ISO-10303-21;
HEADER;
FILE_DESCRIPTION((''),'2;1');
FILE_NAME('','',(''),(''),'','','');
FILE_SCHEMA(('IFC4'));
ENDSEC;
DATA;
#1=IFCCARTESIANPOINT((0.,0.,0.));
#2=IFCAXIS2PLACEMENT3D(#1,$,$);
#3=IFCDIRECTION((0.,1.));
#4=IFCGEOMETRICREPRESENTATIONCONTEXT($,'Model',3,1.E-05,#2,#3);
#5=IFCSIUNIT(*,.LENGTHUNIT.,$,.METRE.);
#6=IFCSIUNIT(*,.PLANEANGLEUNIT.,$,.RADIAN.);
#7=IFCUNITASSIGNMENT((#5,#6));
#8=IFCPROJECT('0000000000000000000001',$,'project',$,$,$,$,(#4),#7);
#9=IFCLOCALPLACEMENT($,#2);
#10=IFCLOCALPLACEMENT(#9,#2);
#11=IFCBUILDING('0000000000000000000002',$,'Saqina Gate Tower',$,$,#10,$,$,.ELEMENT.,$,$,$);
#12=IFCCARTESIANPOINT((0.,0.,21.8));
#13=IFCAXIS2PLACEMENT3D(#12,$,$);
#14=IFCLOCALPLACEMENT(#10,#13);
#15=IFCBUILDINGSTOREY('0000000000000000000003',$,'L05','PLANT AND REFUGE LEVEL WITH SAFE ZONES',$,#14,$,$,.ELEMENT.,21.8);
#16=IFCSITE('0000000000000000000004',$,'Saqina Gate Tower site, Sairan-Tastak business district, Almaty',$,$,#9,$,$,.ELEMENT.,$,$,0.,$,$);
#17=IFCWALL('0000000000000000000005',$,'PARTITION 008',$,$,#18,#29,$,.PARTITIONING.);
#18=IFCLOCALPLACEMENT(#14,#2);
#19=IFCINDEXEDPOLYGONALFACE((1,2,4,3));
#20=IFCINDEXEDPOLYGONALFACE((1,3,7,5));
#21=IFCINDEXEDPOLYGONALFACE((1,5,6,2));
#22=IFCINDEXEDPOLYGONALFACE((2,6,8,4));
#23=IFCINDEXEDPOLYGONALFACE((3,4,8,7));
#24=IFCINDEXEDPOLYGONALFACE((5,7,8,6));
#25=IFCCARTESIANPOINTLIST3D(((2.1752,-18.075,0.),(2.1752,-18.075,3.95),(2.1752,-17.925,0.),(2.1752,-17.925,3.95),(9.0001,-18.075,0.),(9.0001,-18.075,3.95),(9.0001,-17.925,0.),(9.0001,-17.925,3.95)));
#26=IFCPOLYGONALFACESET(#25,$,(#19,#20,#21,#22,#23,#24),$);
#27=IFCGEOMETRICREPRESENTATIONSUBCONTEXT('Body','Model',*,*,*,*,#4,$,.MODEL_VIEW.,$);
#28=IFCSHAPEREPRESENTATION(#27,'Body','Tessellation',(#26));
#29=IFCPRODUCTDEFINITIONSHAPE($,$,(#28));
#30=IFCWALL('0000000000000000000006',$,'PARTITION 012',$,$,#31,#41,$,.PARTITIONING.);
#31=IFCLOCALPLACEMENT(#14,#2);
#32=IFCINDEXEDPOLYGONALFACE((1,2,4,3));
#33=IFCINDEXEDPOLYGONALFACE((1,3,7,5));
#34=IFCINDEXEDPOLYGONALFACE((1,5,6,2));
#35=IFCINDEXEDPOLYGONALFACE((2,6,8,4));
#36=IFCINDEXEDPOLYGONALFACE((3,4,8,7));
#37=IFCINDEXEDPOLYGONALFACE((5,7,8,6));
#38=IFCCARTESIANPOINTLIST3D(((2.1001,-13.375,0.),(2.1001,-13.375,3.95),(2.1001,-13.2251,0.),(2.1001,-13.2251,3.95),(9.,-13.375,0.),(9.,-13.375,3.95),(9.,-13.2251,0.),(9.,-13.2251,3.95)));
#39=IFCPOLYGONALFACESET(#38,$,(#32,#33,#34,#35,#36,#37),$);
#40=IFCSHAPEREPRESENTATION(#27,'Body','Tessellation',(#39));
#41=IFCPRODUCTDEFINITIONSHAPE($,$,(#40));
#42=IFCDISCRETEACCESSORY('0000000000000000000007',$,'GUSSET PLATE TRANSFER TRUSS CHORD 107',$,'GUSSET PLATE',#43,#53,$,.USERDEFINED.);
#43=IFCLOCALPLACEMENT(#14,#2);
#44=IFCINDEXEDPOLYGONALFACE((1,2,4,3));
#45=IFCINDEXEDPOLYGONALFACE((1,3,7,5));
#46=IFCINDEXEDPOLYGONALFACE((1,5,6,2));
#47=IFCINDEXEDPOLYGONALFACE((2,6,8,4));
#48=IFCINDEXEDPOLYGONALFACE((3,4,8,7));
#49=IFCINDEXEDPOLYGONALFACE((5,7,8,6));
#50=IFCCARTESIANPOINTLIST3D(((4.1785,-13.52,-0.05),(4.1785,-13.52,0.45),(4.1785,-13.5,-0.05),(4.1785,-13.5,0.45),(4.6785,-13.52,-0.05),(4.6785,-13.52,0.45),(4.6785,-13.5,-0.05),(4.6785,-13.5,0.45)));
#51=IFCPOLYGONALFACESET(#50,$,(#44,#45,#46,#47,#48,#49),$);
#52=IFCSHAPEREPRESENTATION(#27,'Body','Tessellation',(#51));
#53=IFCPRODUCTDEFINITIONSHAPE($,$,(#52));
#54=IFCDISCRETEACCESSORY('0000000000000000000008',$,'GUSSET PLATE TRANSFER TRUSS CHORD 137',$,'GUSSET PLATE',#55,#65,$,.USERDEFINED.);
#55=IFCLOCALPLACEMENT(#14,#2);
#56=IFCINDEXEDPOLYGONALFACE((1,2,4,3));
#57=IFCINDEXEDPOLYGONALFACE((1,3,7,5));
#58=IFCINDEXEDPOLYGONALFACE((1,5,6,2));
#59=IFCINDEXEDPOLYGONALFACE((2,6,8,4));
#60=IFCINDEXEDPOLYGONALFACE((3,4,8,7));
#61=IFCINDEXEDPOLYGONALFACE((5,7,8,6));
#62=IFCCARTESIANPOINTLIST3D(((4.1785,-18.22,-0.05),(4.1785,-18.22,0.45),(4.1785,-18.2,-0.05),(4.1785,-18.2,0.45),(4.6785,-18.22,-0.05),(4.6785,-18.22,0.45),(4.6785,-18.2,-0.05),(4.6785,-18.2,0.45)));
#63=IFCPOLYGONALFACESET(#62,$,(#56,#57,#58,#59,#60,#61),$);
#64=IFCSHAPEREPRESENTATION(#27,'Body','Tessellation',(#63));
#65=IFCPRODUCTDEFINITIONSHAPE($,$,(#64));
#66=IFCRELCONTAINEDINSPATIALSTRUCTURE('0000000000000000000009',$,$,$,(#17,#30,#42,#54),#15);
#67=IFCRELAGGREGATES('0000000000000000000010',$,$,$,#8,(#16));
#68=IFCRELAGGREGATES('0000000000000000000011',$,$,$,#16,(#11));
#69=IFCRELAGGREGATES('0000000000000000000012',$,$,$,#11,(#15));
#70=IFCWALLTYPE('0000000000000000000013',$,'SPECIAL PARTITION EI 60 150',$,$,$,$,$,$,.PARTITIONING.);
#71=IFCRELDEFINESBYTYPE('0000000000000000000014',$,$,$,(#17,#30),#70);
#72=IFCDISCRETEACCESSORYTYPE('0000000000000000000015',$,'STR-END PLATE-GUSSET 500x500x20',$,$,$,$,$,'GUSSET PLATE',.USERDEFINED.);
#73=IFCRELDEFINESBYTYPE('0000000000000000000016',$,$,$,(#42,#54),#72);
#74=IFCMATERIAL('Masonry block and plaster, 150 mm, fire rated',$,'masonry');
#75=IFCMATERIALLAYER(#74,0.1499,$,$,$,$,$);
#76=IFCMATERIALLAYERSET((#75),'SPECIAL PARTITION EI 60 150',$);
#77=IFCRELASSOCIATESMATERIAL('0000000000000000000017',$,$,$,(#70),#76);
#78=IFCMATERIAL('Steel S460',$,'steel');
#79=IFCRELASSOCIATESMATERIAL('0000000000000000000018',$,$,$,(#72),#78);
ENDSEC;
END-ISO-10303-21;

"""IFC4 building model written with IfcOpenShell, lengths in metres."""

from ifc_helpers import new_model, si_unit, direction, frame, frame_2d, origin, origin_2d, place, context, subcontext, project, spatial, rectangle, extrude, material, layer, layer_set, material_profile, profile_set, type_object, element, save


model = new_model("IFC4")

# Units and contexts
model_context = context("Model", 3, precision=1e-05, world=origin(), true_north=direction((0.0, 1.0)))
body_context = subcontext(model_context, "Body", "Model", "MODEL_VIEW")
ifc_project = project(units=[si_unit("LENGTHUNIT", "METRE"), si_unit("PLANEANGLEUNIT", "RADIAN")], contexts=[model_context])

# Site, building, storey
site_placement = place(None, origin())
site = spatial("IfcSite", under=ifc_project, at=site_placement, Name="Saqina Gate Tower site, Sairan-Tastak business district, Almaty", CompositionType="ELEMENT", RefElevation=0.0)
building_placement = place(site_placement, origin())
building = spatial("IfcBuilding", under=site, at=building_placement, Name="Saqina Gate Tower", CompositionType="ELEMENT")
storey_placement = place(building_placement, frame((0.0, 0.0, 21.8)))
storey = spatial("IfcBuildingStorey", under=building, at=storey_placement, Name="L05", Description="PLANT AND REFUGE LEVEL WITH SAFE ZONES", CompositionType="ELEMENT", Elevation=21.8)

# Walls
ifc_material_1 = material(Name="Masonry block and plaster, 150 mm, fire rated", Category="masonry")
ifc_layer = layer(ifc_material_1, 0.1499)
ifc_layer_set = layer_set([ifc_layer], Name="SPECIAL PARTITION EI 60 150")
wall_type = type_object("IfcWallType", Name="SPECIAL PARTITION EI 60 150", PredefinedType="PARTITIONING", material=ifc_layer_set)
wall_1_placement = place(storey_placement, frame((2.175, -18.0, 0.0), z_axis=(0.0, 0.0, 1.0), x_axis=(1.0, 0.0, 0.0)))
element("IfcWall", 1, at=wall_1_placement, inside=storey, type_object=wall_type, Name="PARTITION 008", PredefinedType="PARTITIONING", context=body_context, shape_type="SweptSolid", body=[
    extrude(rectangle(XDim=6.825, YDim=0.1499, at=frame_2d((3.4126, 0.0))), origin(), (0.0, 0.0, 1.0), 3.95),
])
wall_2_placement = place(storey_placement, frame((2.1001, -13.3, 0.0), z_axis=(0.0, 0.0, 1.0), x_axis=(1.0, 0.0, 0.0)))
element("IfcWall", 2, at=wall_2_placement, inside=storey, type_object=wall_type, Name="PARTITION 012", PredefinedType="PARTITIONING", context=body_context, shape_type="SweptSolid", body=[
    extrude(rectangle(XDim=6.8999, YDim=0.1499, at=frame_2d((3.45, 0.0))), origin(), (0.0, 0.0, 1.0), 3.95),
])

# Discrete accessories
ifc_material_2 = material(Name="Steel S460", Category="steel")
ifc_material_profile_1 = material_profile(ifc_material_2, rectangle(XDim=0.5, YDim=0.5, at=origin_2d()), Name="STR-END PLATE-GUSSET 500x500x20")
ifc_profile_set_1 = profile_set([ifc_material_profile_1], Name="Steel S460")
discrete_accessory_type = type_object("IfcDiscreteAccessoryType", Name="STR-END PLATE-GUSSET 500x500x20", ElementType="GUSSET PLATE", PredefinedType="USERDEFINED", material=ifc_profile_set_1)
for number, where, z_axis, x_axis, name in (
    (3, (4.4285, -13.5, 0.2), (0.0, -1.0, 0.0), (1.0, 0.0, 0.0), "GUSSET PLATE TRANSFER TRUSS CHORD 107"),
    (4, (4.4285, -18.2, 0.2), (0.0, -1.0, 0.0), (1.0, 0.0, 0.0), "GUSSET PLATE TRANSFER TRUSS CHORD 137"),
):
    element("IfcDiscreteAccessory", number, at=place(storey_placement, frame(where, z_axis=z_axis, x_axis=x_axis)), inside=storey, type_object=discrete_accessory_type, Name=name, ObjectType="GUSSET PLATE", PredefinedType="USERDEFINED", context=body_context, shape_type="SweptSolid", body=[
        extrude(rectangle(XDim=0.5, YDim=0.5, at=origin_2d()), origin(), (0.0, 0.0, 1.0), 0.02),
    ])

save(model, "model.ifc")
